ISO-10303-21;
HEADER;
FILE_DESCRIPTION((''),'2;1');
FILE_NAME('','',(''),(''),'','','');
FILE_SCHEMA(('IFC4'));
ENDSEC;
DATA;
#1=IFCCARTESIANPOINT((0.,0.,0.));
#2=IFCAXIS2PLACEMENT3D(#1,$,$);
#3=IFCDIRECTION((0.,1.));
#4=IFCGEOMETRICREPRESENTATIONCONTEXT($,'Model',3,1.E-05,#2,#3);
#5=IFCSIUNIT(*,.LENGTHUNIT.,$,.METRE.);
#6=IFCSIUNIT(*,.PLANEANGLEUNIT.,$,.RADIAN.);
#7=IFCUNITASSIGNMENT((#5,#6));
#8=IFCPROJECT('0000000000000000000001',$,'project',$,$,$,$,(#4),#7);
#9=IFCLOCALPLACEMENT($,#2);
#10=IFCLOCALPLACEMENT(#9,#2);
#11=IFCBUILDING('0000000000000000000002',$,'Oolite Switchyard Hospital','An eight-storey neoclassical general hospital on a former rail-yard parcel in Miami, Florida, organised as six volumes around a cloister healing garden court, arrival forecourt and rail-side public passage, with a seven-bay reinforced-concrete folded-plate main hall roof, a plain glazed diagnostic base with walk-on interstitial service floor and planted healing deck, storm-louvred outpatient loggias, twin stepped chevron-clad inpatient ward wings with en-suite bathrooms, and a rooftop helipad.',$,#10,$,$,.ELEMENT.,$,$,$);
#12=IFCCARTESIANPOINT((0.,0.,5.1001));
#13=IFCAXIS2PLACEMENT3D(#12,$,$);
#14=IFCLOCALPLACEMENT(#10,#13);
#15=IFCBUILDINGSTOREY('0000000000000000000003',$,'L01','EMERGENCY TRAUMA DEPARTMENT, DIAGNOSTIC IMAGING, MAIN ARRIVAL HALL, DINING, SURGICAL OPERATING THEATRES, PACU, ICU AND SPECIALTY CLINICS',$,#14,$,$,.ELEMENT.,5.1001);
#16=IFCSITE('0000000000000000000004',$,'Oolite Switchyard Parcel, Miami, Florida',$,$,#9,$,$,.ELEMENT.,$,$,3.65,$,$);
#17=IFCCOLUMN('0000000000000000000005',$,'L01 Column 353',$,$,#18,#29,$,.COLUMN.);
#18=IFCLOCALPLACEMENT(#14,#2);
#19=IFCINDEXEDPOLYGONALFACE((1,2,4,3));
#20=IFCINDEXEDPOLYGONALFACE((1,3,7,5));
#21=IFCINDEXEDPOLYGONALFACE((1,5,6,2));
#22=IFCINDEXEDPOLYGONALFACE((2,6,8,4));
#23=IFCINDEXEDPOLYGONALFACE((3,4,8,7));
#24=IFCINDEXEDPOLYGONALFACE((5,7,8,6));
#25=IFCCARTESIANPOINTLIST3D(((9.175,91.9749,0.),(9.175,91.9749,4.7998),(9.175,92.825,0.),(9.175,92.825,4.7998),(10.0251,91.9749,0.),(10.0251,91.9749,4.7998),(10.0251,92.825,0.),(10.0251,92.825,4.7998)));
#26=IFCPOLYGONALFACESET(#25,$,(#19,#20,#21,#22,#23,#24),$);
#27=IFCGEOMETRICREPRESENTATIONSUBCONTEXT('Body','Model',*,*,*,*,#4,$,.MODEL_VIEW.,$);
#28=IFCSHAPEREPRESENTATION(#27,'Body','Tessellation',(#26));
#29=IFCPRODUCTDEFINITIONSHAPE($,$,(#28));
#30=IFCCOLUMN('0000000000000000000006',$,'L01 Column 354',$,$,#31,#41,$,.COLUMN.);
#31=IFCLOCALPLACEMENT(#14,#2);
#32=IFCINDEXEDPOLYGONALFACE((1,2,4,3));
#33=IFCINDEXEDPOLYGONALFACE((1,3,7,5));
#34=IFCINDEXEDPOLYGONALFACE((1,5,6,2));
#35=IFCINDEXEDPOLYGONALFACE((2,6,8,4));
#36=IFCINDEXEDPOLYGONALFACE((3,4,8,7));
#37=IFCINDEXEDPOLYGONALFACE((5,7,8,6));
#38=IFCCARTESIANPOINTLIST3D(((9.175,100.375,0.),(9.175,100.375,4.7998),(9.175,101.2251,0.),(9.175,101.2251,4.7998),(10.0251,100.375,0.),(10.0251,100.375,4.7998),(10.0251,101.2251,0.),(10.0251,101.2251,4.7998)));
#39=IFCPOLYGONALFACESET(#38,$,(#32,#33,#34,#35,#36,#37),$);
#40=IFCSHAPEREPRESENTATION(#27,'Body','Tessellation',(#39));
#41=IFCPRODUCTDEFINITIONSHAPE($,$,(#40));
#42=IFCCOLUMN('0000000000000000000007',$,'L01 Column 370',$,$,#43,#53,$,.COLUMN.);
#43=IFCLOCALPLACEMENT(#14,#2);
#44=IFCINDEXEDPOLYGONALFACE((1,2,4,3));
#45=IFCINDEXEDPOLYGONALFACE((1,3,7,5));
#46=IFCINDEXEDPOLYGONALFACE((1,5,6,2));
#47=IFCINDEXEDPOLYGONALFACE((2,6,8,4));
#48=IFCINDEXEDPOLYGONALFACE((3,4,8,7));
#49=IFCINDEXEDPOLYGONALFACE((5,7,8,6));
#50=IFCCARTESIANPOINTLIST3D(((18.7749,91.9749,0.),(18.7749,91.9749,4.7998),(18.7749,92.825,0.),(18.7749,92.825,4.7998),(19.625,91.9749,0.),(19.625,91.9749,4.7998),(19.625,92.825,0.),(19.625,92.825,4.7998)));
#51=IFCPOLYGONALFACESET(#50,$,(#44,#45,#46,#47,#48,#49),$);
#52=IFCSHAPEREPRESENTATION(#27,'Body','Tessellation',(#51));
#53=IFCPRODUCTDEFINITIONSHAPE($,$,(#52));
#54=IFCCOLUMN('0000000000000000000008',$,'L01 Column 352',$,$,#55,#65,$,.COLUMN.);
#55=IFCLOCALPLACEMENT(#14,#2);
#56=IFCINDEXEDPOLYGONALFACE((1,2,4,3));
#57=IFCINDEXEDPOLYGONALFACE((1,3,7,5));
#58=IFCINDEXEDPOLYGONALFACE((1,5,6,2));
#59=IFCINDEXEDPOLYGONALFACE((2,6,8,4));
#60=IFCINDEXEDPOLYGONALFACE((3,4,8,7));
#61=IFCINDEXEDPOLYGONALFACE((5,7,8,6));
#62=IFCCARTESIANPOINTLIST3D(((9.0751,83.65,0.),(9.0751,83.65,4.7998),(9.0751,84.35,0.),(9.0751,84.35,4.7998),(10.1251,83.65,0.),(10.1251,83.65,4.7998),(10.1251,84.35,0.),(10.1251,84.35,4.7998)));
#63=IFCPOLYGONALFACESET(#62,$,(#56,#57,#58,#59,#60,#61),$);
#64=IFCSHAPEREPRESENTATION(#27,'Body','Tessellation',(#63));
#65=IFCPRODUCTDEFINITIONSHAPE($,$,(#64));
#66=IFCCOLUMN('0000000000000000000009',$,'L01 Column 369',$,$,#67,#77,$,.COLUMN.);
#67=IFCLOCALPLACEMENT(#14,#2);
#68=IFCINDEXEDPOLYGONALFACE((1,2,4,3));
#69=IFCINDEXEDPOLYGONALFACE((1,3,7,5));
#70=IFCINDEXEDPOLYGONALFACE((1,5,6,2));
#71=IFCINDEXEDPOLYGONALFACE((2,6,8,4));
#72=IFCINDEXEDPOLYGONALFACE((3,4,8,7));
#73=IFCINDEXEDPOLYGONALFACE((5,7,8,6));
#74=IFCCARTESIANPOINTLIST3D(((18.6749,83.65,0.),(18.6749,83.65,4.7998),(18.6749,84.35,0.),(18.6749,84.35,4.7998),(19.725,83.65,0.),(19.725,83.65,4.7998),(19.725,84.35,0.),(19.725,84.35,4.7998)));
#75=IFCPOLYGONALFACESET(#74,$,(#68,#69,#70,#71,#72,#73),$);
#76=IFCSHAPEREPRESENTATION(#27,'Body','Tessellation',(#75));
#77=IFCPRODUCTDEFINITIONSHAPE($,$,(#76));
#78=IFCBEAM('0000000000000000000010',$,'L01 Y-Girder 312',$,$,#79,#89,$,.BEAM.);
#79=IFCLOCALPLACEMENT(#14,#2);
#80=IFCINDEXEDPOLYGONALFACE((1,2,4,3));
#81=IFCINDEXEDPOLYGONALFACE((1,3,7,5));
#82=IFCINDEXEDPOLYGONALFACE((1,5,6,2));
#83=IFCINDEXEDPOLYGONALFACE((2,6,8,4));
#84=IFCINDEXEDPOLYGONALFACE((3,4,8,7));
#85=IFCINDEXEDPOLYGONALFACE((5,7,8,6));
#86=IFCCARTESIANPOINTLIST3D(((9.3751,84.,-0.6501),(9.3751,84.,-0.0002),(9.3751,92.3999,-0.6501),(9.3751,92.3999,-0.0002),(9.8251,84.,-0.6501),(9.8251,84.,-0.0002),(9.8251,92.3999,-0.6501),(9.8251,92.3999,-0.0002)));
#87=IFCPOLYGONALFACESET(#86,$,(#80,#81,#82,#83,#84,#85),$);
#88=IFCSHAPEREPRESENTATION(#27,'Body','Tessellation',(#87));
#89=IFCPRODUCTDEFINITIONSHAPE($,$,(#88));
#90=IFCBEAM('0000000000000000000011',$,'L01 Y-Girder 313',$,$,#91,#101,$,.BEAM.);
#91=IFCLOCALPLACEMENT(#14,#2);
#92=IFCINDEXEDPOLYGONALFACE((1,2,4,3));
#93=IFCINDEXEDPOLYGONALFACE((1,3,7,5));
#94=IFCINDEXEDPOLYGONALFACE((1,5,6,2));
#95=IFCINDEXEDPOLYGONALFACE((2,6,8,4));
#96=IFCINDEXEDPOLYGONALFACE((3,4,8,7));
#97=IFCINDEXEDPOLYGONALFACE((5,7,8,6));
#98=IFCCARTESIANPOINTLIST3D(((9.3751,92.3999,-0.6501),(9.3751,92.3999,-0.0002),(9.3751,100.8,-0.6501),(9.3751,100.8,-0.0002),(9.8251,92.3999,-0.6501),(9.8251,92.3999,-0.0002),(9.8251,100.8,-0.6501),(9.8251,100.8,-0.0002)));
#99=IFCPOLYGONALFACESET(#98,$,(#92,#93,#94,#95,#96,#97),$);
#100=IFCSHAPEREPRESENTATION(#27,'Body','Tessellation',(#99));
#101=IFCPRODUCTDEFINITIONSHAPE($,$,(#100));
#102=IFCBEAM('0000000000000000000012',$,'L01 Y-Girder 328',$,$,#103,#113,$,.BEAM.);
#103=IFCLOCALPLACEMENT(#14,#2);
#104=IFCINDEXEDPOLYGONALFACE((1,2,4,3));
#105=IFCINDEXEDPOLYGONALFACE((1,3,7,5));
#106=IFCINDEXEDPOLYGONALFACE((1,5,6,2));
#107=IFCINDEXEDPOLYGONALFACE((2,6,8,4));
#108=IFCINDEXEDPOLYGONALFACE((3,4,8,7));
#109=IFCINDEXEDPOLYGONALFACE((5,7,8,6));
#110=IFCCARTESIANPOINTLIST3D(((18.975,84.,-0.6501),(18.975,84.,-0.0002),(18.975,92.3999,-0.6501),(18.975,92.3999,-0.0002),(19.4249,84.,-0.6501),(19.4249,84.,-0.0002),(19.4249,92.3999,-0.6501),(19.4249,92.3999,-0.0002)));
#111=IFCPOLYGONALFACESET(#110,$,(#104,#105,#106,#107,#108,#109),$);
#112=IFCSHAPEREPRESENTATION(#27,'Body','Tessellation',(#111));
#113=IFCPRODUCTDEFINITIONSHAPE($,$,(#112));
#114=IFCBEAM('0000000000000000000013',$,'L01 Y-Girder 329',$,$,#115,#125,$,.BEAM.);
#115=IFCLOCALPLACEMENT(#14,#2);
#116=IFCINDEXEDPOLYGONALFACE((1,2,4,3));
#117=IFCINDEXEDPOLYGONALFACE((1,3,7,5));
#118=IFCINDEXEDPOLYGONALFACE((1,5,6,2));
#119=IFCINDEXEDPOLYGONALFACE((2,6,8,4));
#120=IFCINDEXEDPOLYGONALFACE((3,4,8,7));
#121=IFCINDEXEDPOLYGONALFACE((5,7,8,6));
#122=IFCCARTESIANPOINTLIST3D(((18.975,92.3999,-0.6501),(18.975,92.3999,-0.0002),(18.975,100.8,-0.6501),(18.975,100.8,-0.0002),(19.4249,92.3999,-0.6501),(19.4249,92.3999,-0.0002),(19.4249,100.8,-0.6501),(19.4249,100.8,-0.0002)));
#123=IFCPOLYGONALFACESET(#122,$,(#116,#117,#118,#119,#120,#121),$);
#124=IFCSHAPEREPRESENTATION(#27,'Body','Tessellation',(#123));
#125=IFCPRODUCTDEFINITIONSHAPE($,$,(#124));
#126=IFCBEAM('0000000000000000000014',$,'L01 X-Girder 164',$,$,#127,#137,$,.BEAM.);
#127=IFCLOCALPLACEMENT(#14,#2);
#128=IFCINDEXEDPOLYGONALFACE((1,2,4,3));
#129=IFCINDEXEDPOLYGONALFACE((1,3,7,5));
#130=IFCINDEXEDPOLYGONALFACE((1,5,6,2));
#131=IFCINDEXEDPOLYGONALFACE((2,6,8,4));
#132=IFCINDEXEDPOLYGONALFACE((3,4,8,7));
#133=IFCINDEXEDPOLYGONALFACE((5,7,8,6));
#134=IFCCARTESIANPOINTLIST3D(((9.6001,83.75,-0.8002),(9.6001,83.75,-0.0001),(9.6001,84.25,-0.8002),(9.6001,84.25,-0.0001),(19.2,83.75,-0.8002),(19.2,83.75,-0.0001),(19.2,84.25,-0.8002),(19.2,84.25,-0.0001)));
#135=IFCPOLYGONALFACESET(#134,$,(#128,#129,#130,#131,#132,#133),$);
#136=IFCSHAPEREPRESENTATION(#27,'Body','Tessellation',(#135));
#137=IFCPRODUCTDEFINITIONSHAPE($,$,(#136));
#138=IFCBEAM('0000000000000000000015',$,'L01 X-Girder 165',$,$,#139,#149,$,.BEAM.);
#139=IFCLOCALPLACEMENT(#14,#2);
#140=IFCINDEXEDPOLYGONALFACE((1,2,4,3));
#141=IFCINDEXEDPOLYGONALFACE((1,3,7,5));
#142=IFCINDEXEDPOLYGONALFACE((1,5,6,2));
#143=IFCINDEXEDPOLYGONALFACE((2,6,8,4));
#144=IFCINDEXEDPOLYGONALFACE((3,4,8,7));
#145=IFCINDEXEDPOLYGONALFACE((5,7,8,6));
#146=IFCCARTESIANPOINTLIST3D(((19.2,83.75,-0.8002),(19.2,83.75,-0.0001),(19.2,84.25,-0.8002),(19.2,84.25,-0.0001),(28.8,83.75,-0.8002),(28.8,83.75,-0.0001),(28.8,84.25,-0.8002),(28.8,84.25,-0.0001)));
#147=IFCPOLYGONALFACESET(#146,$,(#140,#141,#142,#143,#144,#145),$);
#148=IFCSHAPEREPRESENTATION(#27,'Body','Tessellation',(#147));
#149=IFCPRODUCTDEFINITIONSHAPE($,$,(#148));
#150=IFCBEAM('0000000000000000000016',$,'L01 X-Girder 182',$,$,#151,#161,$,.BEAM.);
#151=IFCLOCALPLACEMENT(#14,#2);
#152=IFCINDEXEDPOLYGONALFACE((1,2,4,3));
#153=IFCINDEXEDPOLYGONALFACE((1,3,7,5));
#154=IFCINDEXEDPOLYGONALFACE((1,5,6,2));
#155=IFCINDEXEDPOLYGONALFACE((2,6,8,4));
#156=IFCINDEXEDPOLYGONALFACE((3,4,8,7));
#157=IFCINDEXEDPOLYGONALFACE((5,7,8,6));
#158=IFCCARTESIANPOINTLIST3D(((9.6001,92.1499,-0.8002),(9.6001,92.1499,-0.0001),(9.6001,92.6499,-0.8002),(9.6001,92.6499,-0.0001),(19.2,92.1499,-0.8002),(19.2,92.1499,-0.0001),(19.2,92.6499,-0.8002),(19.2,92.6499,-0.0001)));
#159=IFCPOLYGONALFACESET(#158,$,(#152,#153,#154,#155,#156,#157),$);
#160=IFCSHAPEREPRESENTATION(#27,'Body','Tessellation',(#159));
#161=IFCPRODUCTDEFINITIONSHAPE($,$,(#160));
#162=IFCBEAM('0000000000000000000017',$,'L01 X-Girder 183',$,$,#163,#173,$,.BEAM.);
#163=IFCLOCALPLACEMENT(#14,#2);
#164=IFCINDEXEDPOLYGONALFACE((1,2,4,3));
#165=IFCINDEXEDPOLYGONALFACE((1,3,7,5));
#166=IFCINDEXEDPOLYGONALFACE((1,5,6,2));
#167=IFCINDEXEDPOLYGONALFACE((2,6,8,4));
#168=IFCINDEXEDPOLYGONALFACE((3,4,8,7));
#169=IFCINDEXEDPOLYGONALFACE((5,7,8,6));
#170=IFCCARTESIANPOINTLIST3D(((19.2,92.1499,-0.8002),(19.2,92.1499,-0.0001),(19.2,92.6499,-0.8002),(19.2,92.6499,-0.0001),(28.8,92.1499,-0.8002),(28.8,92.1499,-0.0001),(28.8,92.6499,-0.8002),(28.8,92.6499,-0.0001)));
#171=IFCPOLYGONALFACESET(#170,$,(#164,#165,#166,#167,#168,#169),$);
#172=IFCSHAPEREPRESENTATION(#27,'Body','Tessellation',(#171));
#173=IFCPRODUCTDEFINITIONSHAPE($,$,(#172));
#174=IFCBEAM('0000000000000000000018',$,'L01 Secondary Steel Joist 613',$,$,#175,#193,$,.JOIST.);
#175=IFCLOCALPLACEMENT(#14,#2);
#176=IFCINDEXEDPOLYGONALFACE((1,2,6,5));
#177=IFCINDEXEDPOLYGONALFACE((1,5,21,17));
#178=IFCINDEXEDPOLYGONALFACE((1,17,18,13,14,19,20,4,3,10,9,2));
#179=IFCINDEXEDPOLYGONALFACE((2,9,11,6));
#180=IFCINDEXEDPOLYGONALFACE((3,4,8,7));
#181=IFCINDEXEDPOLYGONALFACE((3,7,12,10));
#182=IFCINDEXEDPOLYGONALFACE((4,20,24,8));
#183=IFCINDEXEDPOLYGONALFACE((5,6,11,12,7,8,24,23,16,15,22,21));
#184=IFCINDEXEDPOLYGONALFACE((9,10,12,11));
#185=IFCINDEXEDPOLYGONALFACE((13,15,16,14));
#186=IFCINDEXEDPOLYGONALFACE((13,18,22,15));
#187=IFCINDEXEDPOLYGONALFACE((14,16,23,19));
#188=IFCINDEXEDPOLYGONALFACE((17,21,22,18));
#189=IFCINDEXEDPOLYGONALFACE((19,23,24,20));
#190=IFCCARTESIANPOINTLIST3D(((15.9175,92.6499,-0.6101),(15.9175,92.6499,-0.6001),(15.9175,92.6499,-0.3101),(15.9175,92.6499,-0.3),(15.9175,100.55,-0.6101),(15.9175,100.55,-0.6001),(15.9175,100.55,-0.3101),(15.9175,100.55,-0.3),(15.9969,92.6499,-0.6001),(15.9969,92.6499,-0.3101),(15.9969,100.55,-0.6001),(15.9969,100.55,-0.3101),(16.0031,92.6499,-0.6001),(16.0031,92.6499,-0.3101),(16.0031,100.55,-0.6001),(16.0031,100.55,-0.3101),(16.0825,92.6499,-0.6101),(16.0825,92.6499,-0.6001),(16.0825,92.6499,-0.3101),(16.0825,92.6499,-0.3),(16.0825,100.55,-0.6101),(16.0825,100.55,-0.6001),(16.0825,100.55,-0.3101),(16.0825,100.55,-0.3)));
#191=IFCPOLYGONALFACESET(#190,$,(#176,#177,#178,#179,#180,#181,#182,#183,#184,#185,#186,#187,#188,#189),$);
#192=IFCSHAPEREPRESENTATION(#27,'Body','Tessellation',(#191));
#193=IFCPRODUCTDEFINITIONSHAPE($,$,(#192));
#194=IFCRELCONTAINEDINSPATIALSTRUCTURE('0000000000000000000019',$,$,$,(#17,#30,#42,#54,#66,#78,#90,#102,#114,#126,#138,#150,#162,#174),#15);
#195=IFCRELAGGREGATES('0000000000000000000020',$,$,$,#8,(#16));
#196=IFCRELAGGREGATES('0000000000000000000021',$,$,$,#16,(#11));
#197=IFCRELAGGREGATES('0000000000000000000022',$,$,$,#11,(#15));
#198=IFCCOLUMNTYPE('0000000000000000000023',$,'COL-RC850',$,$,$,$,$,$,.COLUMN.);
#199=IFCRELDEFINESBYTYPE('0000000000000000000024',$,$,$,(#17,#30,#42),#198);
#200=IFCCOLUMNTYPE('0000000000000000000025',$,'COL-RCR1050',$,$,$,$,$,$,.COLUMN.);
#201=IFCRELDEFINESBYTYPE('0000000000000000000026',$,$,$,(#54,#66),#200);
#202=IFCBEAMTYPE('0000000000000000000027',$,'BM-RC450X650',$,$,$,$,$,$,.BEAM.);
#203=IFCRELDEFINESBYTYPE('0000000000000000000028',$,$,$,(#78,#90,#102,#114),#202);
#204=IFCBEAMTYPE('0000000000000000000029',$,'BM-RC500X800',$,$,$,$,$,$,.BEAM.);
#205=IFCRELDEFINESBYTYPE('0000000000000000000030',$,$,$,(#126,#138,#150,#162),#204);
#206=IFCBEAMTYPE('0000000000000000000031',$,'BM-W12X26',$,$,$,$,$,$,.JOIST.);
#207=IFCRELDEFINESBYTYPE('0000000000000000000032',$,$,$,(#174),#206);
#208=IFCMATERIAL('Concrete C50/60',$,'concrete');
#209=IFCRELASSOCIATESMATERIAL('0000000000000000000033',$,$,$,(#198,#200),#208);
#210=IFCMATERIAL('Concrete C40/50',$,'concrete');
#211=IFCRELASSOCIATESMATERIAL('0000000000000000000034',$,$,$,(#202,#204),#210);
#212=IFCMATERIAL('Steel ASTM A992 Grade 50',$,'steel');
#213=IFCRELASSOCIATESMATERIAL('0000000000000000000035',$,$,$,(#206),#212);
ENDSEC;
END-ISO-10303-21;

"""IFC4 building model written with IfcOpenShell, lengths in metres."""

from ifc_helpers import new_model, si_unit, direction, frame, origin, origin_2d, place, context, subcontext, project, spatial, rectangle, i_section, extrude, material, material_profile, profile_set, type_object, element, save


model = new_model("IFC4")

# Units and contexts
model_context = context("Model", 3, precision=1e-05, world=origin(), true_north=direction((0.0, 1.0)))
body_context = subcontext(model_context, "Body", "Model", "MODEL_VIEW")
ifc_project = project(units=[si_unit("LENGTHUNIT", "METRE"), si_unit("PLANEANGLEUNIT", "RADIAN")], contexts=[model_context])

# Site, building, storey
site_placement = place(None, origin())
site = spatial("IfcSite", under=ifc_project, at=site_placement, Name="Oolite Switchyard Parcel, Miami, Florida", CompositionType="ELEMENT", RefElevation=3.65)
building_placement = place(site_placement, origin())
building = spatial("IfcBuilding", under=site, at=building_placement, Name="Oolite Switchyard Hospital", Description="An eight-storey neoclassical general hospital on a former rail-yard parcel in Miami, Florida, organised as six volumes around a cloister healing garden court, arrival forecourt and rail-side public passage, with a seven-bay reinforced-concrete folded-plate main hall roof, a plain glazed diagnostic base with walk-on interstitial service floor and planted healing deck, storm-louvred outpatient loggias, twin stepped chevron-clad inpatient ward wings with en-suite bathrooms, and a rooftop helipad.", CompositionType="ELEMENT")
storey_placement = place(building_placement, frame((0.0, 0.0, 5.1001)))
storey = spatial("IfcBuildingStorey", under=building, at=storey_placement, Name="L01", Description="EMERGENCY TRAUMA DEPARTMENT, DIAGNOSTIC IMAGING, MAIN ARRIVAL HALL, DINING, SURGICAL OPERATING THEATRES, PACU, ICU AND SPECIALTY CLINICS", CompositionType="ELEMENT", Elevation=5.1001)

# Columns
ifc_material_1 = material(Name="Concrete C50/60", Category="concrete")
ifc_material_profile_1 = material_profile(ifc_material_1, rectangle(XDim=0.8501, YDim=0.8501, at=origin_2d()), Name="RC850X850")
ifc_profile_set_1 = profile_set([ifc_material_profile_1], Name="Concrete C50/60")
column_type_1 = type_object("IfcColumnType", Name="COL-RC850", PredefinedType="COLUMN", material=ifc_profile_set_1)
for number, where, z_axis, x_axis, name in (
    (1, (9.6001, 92.3999, 0.0), (0.0, 0.0, 1.0), (1.0, 0.0, 0.0), "L01 Column 353"),
    (2, (9.6001, 100.8, 0.0), (0.0, 0.0, 1.0), (1.0, 0.0, 0.0), "L01 Column 354"),
    (3, (19.2, 92.3999, 0.0), (0.0, 0.0, 1.0), (1.0, 0.0, 0.0), "L01 Column 370"),
):
    element("IfcColumn", number, at=place(storey_placement, frame(where, z_axis=z_axis, x_axis=x_axis)), inside=storey, type_object=column_type_1, Name=name, PredefinedType="COLUMN", context=body_context, shape_type="SweptSolid", body=[
        extrude(rectangle(XDim=0.8501, YDim=0.8501, at=origin_2d()), origin(), (0.0, 0.0, 1.0), 4.7998),
    ])
ifc_material_profile_2 = material_profile(ifc_material_1, rectangle(XDim=1.05, YDim=0.7, at=origin_2d()), Name="RC1050X700")
ifc_profile_set_2 = profile_set([ifc_material_profile_2], Name="Concrete C50/60")
column_type_2 = type_object("IfcColumnType", Name="COL-RCR1050", PredefinedType="COLUMN", material=ifc_profile_set_2)
for number, where, z_axis, x_axis, name in (
    (4, (9.6001, 84.0, 0.0), (0.0, 0.0, 1.0), (1.0, 0.0, 0.0), "L01 Column 352"),
    (5, (19.2, 84.0, 0.0), (0.0, 0.0, 1.0), (1.0, 0.0, 0.0), "L01 Column 369"),
):
    element("IfcColumn", number, at=place(storey_placement, frame(where, z_axis=z_axis, x_axis=x_axis)), inside=storey, type_object=column_type_2, Name=name, PredefinedType="COLUMN", context=body_context, shape_type="SweptSolid", body=[
        extrude(rectangle(XDim=1.05, YDim=0.7, at=origin_2d()), origin(), (0.0, 0.0, 1.0), 4.7998),
    ])

# Beams
ifc_material_2 = material(Name="Concrete C40/50", Category="concrete")
ifc_material_profile_3 = material_profile(ifc_material_2, rectangle(XDim=0.45, YDim=0.6499, at=origin_2d()), Name="RCB450X650")
ifc_profile_set_3 = profile_set([ifc_material_profile_3], Name="Concrete C40/50")
beam_type_1 = type_object("IfcBeamType", Name="BM-RC450X650", PredefinedType="BEAM", material=ifc_profile_set_3)
beam_1_placement = place(storey_placement, frame((9.6001, 84.0, -0.3252), z_axis=(0.0, 1.0, 0.0), x_axis=(-1.0, 0.0, 0.0)))
element("IfcBeam", 6, at=beam_1_placement, inside=storey, type_object=beam_type_1, Name="L01 Y-Girder 312", PredefinedType="BEAM", context=body_context, shape_type="SweptSolid", body=[
    extrude(rectangle(XDim=0.45, YDim=0.6499, at=origin_2d()), origin(), (0.0, 0.0, 1.0), 8.3999),
])
beam_2_placement = place(storey_placement, frame((9.6001, 92.3999, -0.3252), z_axis=(0.0, 1.0, 0.0), x_axis=(-1.0, 0.0, 0.0)))
element("IfcBeam", 7, at=beam_2_placement, inside=storey, type_object=beam_type_1, Name="L01 Y-Girder 313", PredefinedType="BEAM", context=body_context, shape_type="SweptSolid", body=[
    extrude(rectangle(XDim=0.45, YDim=0.6499, at=origin_2d()), origin(), (0.0, 0.0, 1.0), 8.4001),
])
beam_3_placement = place(storey_placement, frame((19.2, 84.0, -0.3252), z_axis=(0.0, 1.0, 0.0), x_axis=(-1.0, 0.0, 0.0)))
element("IfcBeam", 8, at=beam_3_placement, inside=storey, type_object=beam_type_1, Name="L01 Y-Girder 328", PredefinedType="BEAM", context=body_context, shape_type="SweptSolid", body=[
    extrude(rectangle(XDim=0.45, YDim=0.6499, at=origin_2d()), origin(), (0.0, 0.0, 1.0), 8.3999),
])
beam_4_placement = place(storey_placement, frame((19.2, 92.3999, -0.3252), z_axis=(0.0, 1.0, 0.0), x_axis=(-1.0, 0.0, 0.0)))
element("IfcBeam", 9, at=beam_4_placement, inside=storey, type_object=beam_type_1, Name="L01 Y-Girder 329", PredefinedType="BEAM", context=body_context, shape_type="SweptSolid", body=[
    extrude(rectangle(XDim=0.45, YDim=0.6499, at=origin_2d()), origin(), (0.0, 0.0, 1.0), 8.4001),
])
ifc_material_profile_4 = material_profile(ifc_material_2, rectangle(XDim=0.5, YDim=0.8, at=origin_2d()), Name="RCB500X800")
ifc_profile_set_4 = profile_set([ifc_material_profile_4], Name="Concrete C40/50")
beam_type_2 = type_object("IfcBeamType", Name="BM-RC500X800", PredefinedType="BEAM", material=ifc_profile_set_4)
beam_5_placement = place(storey_placement, frame((9.6001, 84.0, -0.4001), z_axis=(1.0, 0.0, 0.0), x_axis=(0.0, 1.0, 0.0)))
element("IfcBeam", 10, at=beam_5_placement, inside=storey, type_object=beam_type_2, Name="L01 X-Girder 164", PredefinedType="BEAM", context=body_context, shape_type="SweptSolid", body=[
    extrude(rectangle(XDim=0.5, YDim=0.8, at=origin_2d()), origin(), (0.0, 0.0, 1.0), 9.5999),
])
beam_6_placement = place(storey_placement, frame((19.2, 84.0, -0.4001), z_axis=(1.0, 0.0, 0.0), x_axis=(0.0, 1.0, 0.0)))
element("IfcBeam", 11, at=beam_6_placement, inside=storey, type_object=beam_type_2, Name="L01 X-Girder 165", PredefinedType="BEAM", context=body_context, shape_type="SweptSolid", body=[
    extrude(rectangle(XDim=0.5, YDim=0.8, at=origin_2d()), origin(), (0.0, 0.0, 1.0), 9.6001),
])
beam_7_placement = place(storey_placement, frame((9.6001, 92.3999, -0.4001), z_axis=(1.0, 0.0, 0.0), x_axis=(0.0, 1.0, 0.0)))
element("IfcBeam", 12, at=beam_7_placement, inside=storey, type_object=beam_type_2, Name="L01 X-Girder 182", PredefinedType="BEAM", context=body_context, shape_type="SweptSolid", body=[
    extrude(rectangle(XDim=0.5, YDim=0.8, at=origin_2d()), origin(), (0.0, 0.0, 1.0), 9.5999),
])
beam_8_placement = place(storey_placement, frame((19.2, 92.3999, -0.4001), z_axis=(1.0, 0.0, 0.0), x_axis=(0.0, 1.0, 0.0)))
element("IfcBeam", 13, at=beam_8_placement, inside=storey, type_object=beam_type_2, Name="L01 X-Girder 183", PredefinedType="BEAM", context=body_context, shape_type="SweptSolid", body=[
    extrude(rectangle(XDim=0.5, YDim=0.8, at=origin_2d()), origin(), (0.0, 0.0, 1.0), 9.6001),
])
ifc_material_3 = material(Name="Steel ASTM A992 Grade 50", Category="steel")
ifc_material_profile_5 = material_profile(ifc_material_3, i_section(OverallWidth=0.165, OverallDepth=0.3101, WebThickness=0.0061, FlangeThickness=0.01, at=origin_2d()), Name="W12X26")
ifc_profile_set_5 = profile_set([ifc_material_profile_5], Name="Steel ASTM A992 Grade 50")
beam_type_3 = type_object("IfcBeamType", Name="BM-W12X26", PredefinedType="JOIST", material=ifc_profile_set_5)
for number, where, z_axis, x_axis, name in (
    (14, (16.0, 92.6499, -0.4551), (0.0, 1.0, 0.0), (-1.0, 0.0, 0.0), "L01 Secondary Steel Joist 613"),
):
    element("IfcBeam", number, at=place(storey_placement, frame(where, z_axis=z_axis, x_axis=x_axis)), inside=storey, type_object=beam_type_3, Name=name, PredefinedType="JOIST", context=body_context, shape_type="SweptSolid", body=[
        extrude(i_section(OverallWidth=0.165, OverallDepth=0.3101, WebThickness=0.0061, FlangeThickness=0.01, at=origin_2d()), origin(), (0.0, 0.0, 1.0), 7.9001),
    ])

save(model, "model.ifc")
